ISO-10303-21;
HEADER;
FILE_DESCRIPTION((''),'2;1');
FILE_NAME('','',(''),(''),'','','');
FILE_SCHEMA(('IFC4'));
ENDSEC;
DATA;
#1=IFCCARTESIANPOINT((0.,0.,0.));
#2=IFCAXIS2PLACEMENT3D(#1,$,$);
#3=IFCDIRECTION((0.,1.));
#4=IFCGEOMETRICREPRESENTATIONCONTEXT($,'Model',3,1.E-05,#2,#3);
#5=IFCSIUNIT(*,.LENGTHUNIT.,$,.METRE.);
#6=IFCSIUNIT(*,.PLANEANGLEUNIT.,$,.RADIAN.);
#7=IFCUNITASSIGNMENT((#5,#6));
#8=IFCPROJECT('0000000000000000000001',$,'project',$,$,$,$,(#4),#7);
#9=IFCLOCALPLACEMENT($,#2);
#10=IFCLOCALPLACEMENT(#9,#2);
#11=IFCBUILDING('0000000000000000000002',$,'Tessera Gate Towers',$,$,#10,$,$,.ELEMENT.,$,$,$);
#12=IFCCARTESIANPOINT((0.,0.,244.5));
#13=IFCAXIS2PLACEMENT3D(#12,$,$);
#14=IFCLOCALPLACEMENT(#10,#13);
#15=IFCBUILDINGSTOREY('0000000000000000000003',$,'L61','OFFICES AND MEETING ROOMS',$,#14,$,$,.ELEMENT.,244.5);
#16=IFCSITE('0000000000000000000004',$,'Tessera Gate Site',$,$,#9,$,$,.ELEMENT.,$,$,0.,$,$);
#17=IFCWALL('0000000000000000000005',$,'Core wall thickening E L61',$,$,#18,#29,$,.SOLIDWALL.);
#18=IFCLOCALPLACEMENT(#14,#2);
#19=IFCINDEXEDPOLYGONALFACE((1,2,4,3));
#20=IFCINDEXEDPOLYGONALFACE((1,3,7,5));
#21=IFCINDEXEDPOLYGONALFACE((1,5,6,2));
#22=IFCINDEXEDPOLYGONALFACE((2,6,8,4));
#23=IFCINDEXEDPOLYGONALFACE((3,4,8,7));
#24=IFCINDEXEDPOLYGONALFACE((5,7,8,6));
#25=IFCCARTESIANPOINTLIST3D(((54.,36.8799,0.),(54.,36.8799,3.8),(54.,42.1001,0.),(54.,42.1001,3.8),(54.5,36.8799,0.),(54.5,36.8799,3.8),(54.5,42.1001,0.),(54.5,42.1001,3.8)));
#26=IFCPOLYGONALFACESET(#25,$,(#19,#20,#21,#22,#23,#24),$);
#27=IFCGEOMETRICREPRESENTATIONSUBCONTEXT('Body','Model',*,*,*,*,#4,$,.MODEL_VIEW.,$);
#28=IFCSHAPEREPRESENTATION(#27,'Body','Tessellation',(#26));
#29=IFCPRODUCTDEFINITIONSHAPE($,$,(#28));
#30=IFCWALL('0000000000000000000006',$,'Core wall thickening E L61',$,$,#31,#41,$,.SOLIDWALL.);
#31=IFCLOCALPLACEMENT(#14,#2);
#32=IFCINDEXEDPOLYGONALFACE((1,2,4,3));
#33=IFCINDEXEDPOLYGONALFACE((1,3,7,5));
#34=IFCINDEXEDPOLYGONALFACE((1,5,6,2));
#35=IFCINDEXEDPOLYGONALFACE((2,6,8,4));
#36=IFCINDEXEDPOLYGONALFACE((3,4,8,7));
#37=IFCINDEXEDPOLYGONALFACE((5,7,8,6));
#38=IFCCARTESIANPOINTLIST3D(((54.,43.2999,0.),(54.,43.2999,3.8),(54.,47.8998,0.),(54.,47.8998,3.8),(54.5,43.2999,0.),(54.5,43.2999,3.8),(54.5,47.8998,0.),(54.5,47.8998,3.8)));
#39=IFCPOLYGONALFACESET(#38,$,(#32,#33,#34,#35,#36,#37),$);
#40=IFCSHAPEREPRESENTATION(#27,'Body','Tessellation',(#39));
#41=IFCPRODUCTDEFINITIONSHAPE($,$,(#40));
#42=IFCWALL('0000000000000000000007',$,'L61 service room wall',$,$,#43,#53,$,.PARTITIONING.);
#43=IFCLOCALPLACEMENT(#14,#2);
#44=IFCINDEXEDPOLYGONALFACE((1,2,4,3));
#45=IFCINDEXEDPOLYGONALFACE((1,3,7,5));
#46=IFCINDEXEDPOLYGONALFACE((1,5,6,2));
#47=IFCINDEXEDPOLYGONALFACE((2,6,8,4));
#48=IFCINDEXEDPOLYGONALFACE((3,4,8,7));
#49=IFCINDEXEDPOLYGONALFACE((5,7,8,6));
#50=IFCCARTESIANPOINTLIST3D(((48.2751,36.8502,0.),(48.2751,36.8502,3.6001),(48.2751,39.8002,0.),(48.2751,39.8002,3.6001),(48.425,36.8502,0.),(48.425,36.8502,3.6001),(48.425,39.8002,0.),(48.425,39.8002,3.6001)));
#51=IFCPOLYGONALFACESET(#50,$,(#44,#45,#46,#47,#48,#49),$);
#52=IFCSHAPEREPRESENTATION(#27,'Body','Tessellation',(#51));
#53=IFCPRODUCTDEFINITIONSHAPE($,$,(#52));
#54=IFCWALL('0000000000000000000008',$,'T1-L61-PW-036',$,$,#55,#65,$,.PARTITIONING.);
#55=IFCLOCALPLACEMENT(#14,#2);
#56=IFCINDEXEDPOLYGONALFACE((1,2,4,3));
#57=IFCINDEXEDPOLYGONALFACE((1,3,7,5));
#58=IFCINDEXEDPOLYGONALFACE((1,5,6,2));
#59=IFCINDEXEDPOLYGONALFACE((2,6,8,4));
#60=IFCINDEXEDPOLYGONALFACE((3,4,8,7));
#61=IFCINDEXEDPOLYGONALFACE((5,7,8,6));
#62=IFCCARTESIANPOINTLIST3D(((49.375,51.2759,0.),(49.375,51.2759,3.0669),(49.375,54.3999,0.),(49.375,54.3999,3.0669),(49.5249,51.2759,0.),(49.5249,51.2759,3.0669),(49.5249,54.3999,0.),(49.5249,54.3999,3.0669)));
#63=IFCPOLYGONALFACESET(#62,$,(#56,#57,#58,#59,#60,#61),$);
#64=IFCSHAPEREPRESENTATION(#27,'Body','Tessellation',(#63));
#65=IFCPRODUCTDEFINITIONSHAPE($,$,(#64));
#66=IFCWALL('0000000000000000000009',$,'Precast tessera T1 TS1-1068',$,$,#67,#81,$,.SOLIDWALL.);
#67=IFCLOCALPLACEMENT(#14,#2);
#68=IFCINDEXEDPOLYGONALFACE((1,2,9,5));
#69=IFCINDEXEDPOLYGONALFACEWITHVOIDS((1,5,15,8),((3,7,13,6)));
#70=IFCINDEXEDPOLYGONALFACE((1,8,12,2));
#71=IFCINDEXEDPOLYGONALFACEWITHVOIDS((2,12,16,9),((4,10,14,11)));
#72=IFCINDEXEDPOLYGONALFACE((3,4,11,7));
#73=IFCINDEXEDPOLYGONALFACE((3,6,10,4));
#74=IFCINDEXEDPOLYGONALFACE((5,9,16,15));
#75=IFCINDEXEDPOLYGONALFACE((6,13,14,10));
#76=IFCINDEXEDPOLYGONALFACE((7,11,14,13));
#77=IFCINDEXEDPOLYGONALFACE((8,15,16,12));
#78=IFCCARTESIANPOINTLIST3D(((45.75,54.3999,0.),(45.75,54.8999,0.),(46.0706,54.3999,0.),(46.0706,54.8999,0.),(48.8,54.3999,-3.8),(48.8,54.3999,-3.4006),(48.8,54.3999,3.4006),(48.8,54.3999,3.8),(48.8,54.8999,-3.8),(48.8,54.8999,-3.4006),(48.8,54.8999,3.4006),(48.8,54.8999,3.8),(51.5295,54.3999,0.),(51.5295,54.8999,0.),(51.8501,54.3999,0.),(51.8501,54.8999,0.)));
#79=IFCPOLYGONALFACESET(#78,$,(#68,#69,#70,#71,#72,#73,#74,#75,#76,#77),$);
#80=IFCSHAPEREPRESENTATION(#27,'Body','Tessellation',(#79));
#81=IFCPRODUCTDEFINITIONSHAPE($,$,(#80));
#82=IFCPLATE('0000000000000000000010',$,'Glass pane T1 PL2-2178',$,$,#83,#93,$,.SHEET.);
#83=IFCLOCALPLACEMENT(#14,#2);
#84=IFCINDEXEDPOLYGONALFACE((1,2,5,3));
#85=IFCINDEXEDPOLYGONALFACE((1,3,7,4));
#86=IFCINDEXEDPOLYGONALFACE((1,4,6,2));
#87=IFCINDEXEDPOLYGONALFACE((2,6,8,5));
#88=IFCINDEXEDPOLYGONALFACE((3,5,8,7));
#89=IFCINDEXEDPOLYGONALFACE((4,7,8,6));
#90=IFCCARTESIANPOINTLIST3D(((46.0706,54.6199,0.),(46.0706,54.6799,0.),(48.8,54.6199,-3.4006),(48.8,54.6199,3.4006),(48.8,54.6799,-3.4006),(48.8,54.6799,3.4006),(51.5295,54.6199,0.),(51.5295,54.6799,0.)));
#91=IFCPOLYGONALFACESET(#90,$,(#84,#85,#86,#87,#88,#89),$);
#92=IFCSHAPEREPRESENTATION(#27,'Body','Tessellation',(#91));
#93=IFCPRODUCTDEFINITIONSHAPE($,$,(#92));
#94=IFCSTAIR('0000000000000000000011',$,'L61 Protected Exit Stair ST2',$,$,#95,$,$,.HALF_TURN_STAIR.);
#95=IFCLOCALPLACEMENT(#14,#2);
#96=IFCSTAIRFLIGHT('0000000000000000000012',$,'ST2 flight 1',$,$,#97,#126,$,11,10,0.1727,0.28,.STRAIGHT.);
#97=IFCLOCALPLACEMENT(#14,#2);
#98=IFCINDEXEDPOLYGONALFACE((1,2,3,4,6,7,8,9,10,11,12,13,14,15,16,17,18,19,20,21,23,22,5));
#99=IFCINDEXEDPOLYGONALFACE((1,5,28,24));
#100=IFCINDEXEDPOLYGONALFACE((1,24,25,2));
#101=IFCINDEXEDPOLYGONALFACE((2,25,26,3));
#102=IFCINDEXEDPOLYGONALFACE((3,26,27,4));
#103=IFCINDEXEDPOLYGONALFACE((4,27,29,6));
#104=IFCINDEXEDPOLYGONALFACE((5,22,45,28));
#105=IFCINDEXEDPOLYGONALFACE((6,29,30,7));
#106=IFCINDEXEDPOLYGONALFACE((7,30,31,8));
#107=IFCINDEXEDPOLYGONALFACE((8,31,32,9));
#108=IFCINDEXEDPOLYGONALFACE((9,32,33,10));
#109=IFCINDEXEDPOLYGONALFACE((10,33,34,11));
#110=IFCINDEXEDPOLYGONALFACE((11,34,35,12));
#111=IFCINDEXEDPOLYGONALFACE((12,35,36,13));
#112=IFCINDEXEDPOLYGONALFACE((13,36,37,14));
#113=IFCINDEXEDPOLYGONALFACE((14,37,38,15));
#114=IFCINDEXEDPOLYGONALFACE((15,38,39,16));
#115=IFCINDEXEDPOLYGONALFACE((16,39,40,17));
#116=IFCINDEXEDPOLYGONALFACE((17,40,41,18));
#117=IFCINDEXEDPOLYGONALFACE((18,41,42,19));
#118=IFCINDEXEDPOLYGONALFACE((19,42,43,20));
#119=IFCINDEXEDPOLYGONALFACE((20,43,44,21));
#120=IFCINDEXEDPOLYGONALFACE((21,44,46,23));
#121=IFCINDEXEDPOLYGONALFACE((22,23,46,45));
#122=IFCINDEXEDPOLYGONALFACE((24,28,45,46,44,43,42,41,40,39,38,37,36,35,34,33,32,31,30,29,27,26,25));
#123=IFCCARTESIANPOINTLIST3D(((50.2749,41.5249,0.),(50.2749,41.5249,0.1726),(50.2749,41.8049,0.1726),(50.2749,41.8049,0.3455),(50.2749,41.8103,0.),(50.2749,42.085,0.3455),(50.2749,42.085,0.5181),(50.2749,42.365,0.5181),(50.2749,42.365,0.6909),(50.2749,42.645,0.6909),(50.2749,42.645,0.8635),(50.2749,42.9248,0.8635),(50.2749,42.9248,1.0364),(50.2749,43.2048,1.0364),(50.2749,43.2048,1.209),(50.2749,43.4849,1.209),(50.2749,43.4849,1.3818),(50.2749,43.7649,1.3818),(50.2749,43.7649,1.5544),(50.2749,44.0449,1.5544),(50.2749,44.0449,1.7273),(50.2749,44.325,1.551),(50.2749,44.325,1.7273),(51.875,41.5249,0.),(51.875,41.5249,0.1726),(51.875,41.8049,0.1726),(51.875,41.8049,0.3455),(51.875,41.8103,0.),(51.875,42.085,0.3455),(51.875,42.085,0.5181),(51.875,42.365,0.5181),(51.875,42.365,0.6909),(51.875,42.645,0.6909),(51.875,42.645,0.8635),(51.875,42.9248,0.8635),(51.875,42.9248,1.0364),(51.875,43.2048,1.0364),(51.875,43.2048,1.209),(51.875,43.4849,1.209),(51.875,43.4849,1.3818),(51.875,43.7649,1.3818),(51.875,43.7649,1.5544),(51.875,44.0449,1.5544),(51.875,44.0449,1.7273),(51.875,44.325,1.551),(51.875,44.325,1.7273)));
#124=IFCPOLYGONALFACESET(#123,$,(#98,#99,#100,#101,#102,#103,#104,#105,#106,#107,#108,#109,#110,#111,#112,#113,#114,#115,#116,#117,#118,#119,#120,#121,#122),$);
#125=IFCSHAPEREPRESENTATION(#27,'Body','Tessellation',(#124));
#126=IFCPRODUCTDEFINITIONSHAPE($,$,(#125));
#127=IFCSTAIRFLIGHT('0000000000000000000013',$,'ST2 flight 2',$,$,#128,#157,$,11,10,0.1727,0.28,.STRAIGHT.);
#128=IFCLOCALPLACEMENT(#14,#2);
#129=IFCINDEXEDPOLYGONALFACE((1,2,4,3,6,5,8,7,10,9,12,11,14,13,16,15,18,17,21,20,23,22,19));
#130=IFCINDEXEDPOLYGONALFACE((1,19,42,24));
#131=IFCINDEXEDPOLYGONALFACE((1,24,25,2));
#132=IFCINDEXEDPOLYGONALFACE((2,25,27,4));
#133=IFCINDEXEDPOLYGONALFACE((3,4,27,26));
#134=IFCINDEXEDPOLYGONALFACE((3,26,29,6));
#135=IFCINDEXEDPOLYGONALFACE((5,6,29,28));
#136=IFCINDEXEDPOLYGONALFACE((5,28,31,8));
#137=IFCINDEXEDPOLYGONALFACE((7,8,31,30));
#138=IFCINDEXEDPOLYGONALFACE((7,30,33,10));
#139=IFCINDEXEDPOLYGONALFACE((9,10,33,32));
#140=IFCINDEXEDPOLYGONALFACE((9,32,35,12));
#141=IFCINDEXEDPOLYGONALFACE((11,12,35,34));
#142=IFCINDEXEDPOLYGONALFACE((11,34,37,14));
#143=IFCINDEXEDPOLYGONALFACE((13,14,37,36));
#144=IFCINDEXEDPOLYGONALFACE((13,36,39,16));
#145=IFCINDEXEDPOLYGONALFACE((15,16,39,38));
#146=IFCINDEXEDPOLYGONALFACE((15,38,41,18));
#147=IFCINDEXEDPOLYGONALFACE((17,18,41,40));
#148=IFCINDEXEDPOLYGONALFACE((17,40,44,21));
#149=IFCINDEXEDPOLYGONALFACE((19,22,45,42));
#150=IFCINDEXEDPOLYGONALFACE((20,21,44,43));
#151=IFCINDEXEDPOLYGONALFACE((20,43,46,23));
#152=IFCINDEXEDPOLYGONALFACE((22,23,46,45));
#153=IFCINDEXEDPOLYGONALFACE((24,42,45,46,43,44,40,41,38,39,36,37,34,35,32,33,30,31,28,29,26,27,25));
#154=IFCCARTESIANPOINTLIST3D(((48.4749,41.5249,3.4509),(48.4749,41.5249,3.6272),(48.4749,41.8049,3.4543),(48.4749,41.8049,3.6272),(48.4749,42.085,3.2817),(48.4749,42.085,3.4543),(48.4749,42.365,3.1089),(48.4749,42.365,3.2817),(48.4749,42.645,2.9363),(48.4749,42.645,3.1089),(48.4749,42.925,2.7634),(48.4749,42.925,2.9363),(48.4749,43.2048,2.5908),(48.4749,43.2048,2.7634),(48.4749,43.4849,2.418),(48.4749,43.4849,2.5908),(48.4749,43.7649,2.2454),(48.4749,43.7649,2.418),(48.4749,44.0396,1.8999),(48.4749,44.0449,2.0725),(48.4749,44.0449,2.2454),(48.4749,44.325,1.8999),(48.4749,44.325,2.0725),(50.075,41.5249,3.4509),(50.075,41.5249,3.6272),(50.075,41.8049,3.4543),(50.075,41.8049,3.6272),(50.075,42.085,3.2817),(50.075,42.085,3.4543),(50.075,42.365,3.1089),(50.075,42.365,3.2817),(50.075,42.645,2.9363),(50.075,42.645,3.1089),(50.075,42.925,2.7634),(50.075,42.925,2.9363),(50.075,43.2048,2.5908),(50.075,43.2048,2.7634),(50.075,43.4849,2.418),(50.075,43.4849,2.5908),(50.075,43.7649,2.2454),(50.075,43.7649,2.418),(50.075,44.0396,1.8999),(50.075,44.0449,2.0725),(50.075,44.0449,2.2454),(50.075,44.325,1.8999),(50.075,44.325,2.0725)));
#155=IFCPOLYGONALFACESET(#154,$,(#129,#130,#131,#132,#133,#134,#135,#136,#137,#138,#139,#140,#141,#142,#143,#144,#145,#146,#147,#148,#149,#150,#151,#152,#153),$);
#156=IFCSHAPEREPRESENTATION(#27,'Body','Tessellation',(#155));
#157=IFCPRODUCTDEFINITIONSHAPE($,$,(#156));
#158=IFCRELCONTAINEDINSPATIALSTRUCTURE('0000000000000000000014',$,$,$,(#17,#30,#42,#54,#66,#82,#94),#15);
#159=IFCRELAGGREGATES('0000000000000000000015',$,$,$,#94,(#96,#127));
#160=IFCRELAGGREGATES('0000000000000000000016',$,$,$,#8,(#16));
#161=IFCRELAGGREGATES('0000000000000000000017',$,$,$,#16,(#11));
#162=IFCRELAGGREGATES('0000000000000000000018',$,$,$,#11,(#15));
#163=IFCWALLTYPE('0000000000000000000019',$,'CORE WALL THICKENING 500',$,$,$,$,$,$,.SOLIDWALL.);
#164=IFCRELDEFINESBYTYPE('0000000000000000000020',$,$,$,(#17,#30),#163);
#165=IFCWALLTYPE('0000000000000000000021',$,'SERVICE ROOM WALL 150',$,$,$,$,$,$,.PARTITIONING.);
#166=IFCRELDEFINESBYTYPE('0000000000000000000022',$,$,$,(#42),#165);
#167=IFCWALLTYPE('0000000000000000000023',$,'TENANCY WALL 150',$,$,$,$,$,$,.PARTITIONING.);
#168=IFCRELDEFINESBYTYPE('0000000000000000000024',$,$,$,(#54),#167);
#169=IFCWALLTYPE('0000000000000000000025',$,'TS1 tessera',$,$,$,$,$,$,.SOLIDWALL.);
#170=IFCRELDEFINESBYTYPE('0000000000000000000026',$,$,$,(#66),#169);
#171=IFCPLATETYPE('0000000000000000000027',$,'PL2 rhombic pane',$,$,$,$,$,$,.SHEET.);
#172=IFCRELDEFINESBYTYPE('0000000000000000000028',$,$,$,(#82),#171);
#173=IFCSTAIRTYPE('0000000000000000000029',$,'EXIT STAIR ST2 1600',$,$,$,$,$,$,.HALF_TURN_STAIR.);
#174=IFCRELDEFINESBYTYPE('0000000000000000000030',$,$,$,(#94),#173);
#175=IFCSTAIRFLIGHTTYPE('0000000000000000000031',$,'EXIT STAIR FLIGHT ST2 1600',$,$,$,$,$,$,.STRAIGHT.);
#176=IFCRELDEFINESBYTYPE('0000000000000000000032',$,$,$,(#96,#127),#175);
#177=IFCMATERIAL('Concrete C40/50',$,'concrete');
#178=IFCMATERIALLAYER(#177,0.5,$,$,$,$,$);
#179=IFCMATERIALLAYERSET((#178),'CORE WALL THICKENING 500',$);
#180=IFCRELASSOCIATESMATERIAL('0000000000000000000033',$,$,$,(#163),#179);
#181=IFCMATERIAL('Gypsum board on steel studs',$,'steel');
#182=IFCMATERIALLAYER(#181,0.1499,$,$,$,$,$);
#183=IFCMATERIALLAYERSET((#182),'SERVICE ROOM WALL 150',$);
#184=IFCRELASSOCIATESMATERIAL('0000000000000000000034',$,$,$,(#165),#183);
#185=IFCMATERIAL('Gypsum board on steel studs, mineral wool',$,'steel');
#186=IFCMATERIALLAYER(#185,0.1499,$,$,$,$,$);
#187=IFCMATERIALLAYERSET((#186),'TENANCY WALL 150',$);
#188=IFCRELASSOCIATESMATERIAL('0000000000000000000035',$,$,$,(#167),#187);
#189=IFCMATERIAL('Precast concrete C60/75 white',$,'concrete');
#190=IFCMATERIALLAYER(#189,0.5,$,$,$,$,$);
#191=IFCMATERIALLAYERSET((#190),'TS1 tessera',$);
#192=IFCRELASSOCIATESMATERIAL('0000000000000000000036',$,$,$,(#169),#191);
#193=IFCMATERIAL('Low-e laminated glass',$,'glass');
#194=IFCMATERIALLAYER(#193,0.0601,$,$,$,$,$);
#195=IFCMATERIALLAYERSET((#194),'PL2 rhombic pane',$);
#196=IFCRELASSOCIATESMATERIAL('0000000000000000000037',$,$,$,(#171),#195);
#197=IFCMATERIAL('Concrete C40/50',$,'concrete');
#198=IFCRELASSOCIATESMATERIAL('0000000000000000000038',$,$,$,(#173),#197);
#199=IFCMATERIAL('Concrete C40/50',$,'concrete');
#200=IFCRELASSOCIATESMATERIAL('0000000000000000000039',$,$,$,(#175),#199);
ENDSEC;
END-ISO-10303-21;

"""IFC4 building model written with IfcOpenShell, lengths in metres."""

from ifc_helpers import new_model, si_unit, direction, frame, frame_2d, origin, place, context, subcontext, project, spatial, polyline, rectangle, outline, extrude, source, transform, mapped, material, layer, layer_set, type_object, element, fill, aggregate, save


model = new_model("IFC4")

# Units and contexts
model_context = context("Model", 3, precision=1e-05, world=origin(), true_north=direction((0.0, 1.0)))
body_context = subcontext(model_context, "Body", "Model", "MODEL_VIEW")
ifc_project = project(units=[si_unit("LENGTHUNIT", "METRE"), si_unit("PLANEANGLEUNIT", "RADIAN")], contexts=[model_context])

# Site, building, storey
site_placement = place(None, origin())
site = spatial("IfcSite", under=ifc_project, at=site_placement, Name="Tessera Gate Site", CompositionType="ELEMENT", RefElevation=0.0)
building_placement = place(site_placement, origin())
building = spatial("IfcBuilding", under=site, at=building_placement, Name="Tessera Gate Towers", CompositionType="ELEMENT")
storey_placement = place(building_placement, frame((0.0, 0.0, 244.5)))
storey = spatial("IfcBuildingStorey", under=building, at=storey_placement, Name="L61", Description="OFFICES AND MEETING ROOMS", CompositionType="ELEMENT", Elevation=244.5)

# Walls
ifc_material_1 = material(Name="Concrete C40/50", Category="concrete")
ifc_layer_1 = layer(ifc_material_1, 0.5)
ifc_layer_set_1 = layer_set([ifc_layer_1], Name="CORE WALL THICKENING 500")
wall_type_1 = type_object("IfcWallType", Name="CORE WALL THICKENING 500", PredefinedType="SOLIDWALL", material=ifc_layer_set_1)
wall_1_placement = place(storey_placement, frame((54.25, 36.8799, 0.0), z_axis=(0.0, 0.0, 1.0), x_axis=(0.0, 1.0, 0.0)))
element("IfcWall", 1, at=wall_1_placement, inside=storey, type_object=wall_type_1, Name="Core wall thickening E L61", PredefinedType="SOLIDWALL", context=body_context, shape_type="SweptSolid", body=[
    extrude(rectangle(XDim=5.2202, YDim=0.5, at=frame_2d((2.6101, 0.0))), origin(), (0.0, 0.0, 1.0), 3.8),
])
wall_2_placement = place(storey_placement, frame((54.25, 43.3, 0.0), z_axis=(0.0, 0.0, 1.0), x_axis=(0.0, 1.0, 0.0)))
element("IfcWall", 2, at=wall_2_placement, inside=storey, type_object=wall_type_1, Name="Core wall thickening E L61", PredefinedType="SOLIDWALL", context=body_context, shape_type="SweptSolid", body=[
    extrude(rectangle(XDim=4.5999, YDim=0.5, at=frame_2d((2.2998, 0.0))), origin(), (0.0, 0.0, 1.0), 3.8),
])
ifc_material_2 = material(Name="Gypsum board on steel studs", Category="steel")
ifc_layer_2 = layer(ifc_material_2, 0.1499)
ifc_layer_set_2 = layer_set([ifc_layer_2], Name="SERVICE ROOM WALL 150")
wall_type_2 = type_object("IfcWallType", Name="SERVICE ROOM WALL 150", PredefinedType="PARTITIONING", material=ifc_layer_set_2)
wall_3_placement = place(storey_placement, frame((48.3501, 36.8501, 0.0), z_axis=(0.0, 0.0, 1.0), x_axis=(0.0, 1.0, 0.0)))
element("IfcWall", 3, at=wall_3_placement, inside=storey, type_object=wall_type_2, Name="L61 service room wall", PredefinedType="PARTITIONING", context=body_context, shape_type="SweptSolid", body=[
    extrude(rectangle(XDim=2.95, YDim=0.1499, at=frame_2d((1.4751, 0.0))), origin(), (0.0, 0.0, 1.0), 3.6001),
])
ifc_material_3 = material(Name="Gypsum board on steel studs, mineral wool", Category="steel")
ifc_layer_3 = layer(ifc_material_3, 0.1499)
ifc_layer_set_3 = layer_set([ifc_layer_3], Name="TENANCY WALL 150")
wall_type_3 = type_object("IfcWallType", Name="TENANCY WALL 150", PredefinedType="PARTITIONING", material=ifc_layer_set_3)
wall_4_placement = place(storey_placement, frame((49.45, 51.2759, 0.0), z_axis=(0.0, 0.0, 1.0), x_axis=(0.0, 1.0, 0.0)))
element("IfcWall", 4, at=wall_4_placement, inside=storey, type_object=wall_type_3, Name="T1-L61-PW-036", PredefinedType="PARTITIONING", context=body_context, shape_type="SweptSolid", body=[
    extrude(rectangle(XDim=3.124, YDim=0.1499, at=frame_2d((1.562, 0.0))), origin(), (0.0, 0.0, 1.0), 3.0669),
])

# Wall, opening, plate
ifc_material_4 = material(Name="Precast concrete C60/75 white", Category="concrete")
ifc_layer_4 = layer(ifc_material_4, 0.5)
ifc_layer_set_4 = layer_set([ifc_layer_4], Name="TS1 tessera")
wall_type_4 = type_object("IfcWallType", Name="TS1 tessera", PredefinedType="SOLIDWALL", material=ifc_layer_set_4)
shared_shape_1 = source(origin(), body_context, "Body", "SweptSolid", [
    extrude(outline(polyline([(3.05, 0.0), (6.1001, 3.8), (3.05, 7.6001), (0.0, 3.8), (3.05, 0.0)])), frame((0.0, 0.25, 0.0), z_axis=(0.0, -1.0, 0.0), x_axis=(1.0, 0.0, 0.0)), (0.0, 0.0, 1.0), 0.5),
])
wall_5_placement = place(storey_placement, frame((51.8501, 54.6499, -3.8), z_axis=(0.0, 0.0, 1.0), x_axis=(-1.0, 0.0, 0.0)))
wall_5 = element("IfcWall", 5, at=wall_5_placement, inside=storey, type_object=wall_type_4, Name="Precast tessera T1 TS1-1068", PredefinedType="SOLIDWALL", context=body_context, shape_type="MappedRepresentation", body=[
    mapped(shared_shape_1, transform((0.0, 0.0, 0.0), scale=1.0)),
])
shared_shape_2 = source(origin(), body_context, "Body", "SweptSolid", [
    extrude(outline(polyline([(3.05, 0.3994), (5.7795, 3.8), (3.05, 7.2007), (0.3206, 3.8), (3.05, 0.3994)])), frame((0.0, 0.26, 0.0), z_axis=(0.0, -1.0, 0.0), x_axis=(1.0, 0.0, 0.0)), (0.0, 0.0, 1.0), 0.52),
])
opening_1_placement = place(wall_5_placement, origin())
opening_1 = element("IfcOpeningElement", 6, at=opening_1_placement, cuts=wall_5, PredefinedType="OPENING", context=body_context, shape_type="MappedRepresentation", body=[
    mapped(shared_shape_2, transform((0.0, 0.0, 0.0), scale=1.0)),
])
ifc_material_5 = material(Name="Low-e laminated glass", Category="glass")
ifc_layer_5 = layer(ifc_material_5, 0.0601)
ifc_layer_set_5 = layer_set([ifc_layer_5], Name="PL2 rhombic pane")
plate_type = type_object("IfcPlateType", Name="PL2 rhombic pane", PredefinedType="SHEET", material=ifc_layer_set_5)
shared_shape_3 = source(origin(), body_context, "Body", "SweptSolid", [
    extrude(outline(polyline([(3.05, 0.3994), (5.7795, 3.8), (3.05, 7.2007), (0.3206, 3.8), (3.05, 0.3994)])), frame((0.0, 0.03, 0.0), z_axis=(0.0, -1.0, 0.0), x_axis=(1.0, 0.0, 0.0)), (0.0, 0.0, 1.0), 0.0601),
])
plate_placement = place(opening_1_placement, origin())
plate = element("IfcPlate", 7, at=plate_placement, inside=storey, type_object=plate_type, Name="Glass pane T1 PL2-2178", PredefinedType="SHEET", context=body_context, shape_type="MappedRepresentation", body=[
    mapped(shared_shape_3, transform((0.0, 0.0, 0.0), scale=1.0)),
])
fill(opening_1, plate)

# Stair, stair flights
ifc_material_6 = material(Name="Concrete C40/50", Category="concrete")
stair_type_1 = type_object("IfcStairType", Name="EXIT STAIR ST2 1600", PredefinedType="HALF_TURN_STAIR", material=ifc_material_6)
stair_1_placement = place(storey_placement, origin())
stair_1 = element("IfcStair", 8, at=stair_1_placement, inside=storey, type_object=stair_type_1, Name="L61 Protected Exit Stair ST2", PredefinedType="HALF_TURN_STAIR")
ifc_material_7 = material(Name="Concrete C40/50", Category="concrete")
stair_flight_type_1 = type_object("IfcStairFlightType", Name="EXIT STAIR FLIGHT ST2 1600", PredefinedType="STRAIGHT", material=ifc_material_7)
stair_flight_1_placement = place(storey_placement, frame((51.075, 41.5249, 0.0), z_axis=(0.0, 0.0, 1.0), x_axis=(0.0, 1.0, 0.0)))
stair_flight_1 = element("IfcStairFlight", 9, at=stair_flight_1_placement, type_object=stair_flight_type_1, Name="ST2 flight 1", NumberOfRisers=11, NumberOfTreads=10, PredefinedType="STRAIGHT", RiserHeight=0.1727, TreadLength=0.28, context=body_context, shape_type="SweptSolid", body=[
    extrude(outline(polyline([(0.0, 0.0), (0.0, 0.1726), (0.28, 0.1726), (0.28, 0.3455), (0.5601, 0.3455), (0.5601, 0.5181), (0.8401, 0.5181), (0.8401, 0.6909), (1.1201, 0.6909), (1.1201, 0.8635), (1.3999, 0.8635), (1.3999, 1.0364), (1.6799, 1.0364), (1.6799, 1.209), (1.96, 1.209), (1.96, 1.3818), (2.24, 1.3818), (2.24, 1.5544), (2.52, 1.5544), (2.52, 1.7273), (2.8, 1.7273), (2.8, 1.8999), (2.8, 1.551), (0.2854, 0.0), (0.0, 0.0)])), frame((0.0, 0.8, 0.0), z_axis=(0.0, -1.0, 0.0), x_axis=(1.0, 0.0, 0.0)), (0.0, 0.0, 1.0), 1.6001),
])
stair_flight_2_placement = place(storey_placement, frame((49.2749, 44.325, 1.8999), z_axis=(0.0, 0.0, 1.0), x_axis=(0.0, -1.0, 0.0)))
stair_flight_2 = element("IfcStairFlight", 10, at=stair_flight_2_placement, type_object=stair_flight_type_1, Name="ST2 flight 2", NumberOfRisers=11, NumberOfTreads=10, PredefinedType="STRAIGHT", RiserHeight=0.1727, TreadLength=0.28, context=body_context, shape_type="SweptSolid", body=[
    extrude(outline(polyline([(0.0, 0.0), (0.0, 0.1726), (0.28, 0.1726), (0.28, 0.3455), (0.5601, 0.3455), (0.5601, 0.5181), (0.8401, 0.5181), (0.8401, 0.6909), (1.1201, 0.6909), (1.1201, 0.8635), (1.3999, 0.8635), (1.3999, 1.0364), (1.6799, 1.0364), (1.6799, 1.209), (1.96, 1.209), (1.96, 1.3818), (2.24, 1.3818), (2.24, 1.5544), (2.52, 1.5544), (2.52, 1.7273), (2.8, 1.7273), (2.8, 1.8999), (2.8, 1.551), (0.2854, 0.0), (0.0, 0.0)])), frame((0.0, 0.8, 0.0), z_axis=(0.0, -1.0, 0.0), x_axis=(1.0, 0.0, 0.0)), (0.0, 0.0, 1.0), 1.6001),
])
aggregate(stair_1, [stair_flight_1, stair_flight_2])

save(model, "model.ifc")
